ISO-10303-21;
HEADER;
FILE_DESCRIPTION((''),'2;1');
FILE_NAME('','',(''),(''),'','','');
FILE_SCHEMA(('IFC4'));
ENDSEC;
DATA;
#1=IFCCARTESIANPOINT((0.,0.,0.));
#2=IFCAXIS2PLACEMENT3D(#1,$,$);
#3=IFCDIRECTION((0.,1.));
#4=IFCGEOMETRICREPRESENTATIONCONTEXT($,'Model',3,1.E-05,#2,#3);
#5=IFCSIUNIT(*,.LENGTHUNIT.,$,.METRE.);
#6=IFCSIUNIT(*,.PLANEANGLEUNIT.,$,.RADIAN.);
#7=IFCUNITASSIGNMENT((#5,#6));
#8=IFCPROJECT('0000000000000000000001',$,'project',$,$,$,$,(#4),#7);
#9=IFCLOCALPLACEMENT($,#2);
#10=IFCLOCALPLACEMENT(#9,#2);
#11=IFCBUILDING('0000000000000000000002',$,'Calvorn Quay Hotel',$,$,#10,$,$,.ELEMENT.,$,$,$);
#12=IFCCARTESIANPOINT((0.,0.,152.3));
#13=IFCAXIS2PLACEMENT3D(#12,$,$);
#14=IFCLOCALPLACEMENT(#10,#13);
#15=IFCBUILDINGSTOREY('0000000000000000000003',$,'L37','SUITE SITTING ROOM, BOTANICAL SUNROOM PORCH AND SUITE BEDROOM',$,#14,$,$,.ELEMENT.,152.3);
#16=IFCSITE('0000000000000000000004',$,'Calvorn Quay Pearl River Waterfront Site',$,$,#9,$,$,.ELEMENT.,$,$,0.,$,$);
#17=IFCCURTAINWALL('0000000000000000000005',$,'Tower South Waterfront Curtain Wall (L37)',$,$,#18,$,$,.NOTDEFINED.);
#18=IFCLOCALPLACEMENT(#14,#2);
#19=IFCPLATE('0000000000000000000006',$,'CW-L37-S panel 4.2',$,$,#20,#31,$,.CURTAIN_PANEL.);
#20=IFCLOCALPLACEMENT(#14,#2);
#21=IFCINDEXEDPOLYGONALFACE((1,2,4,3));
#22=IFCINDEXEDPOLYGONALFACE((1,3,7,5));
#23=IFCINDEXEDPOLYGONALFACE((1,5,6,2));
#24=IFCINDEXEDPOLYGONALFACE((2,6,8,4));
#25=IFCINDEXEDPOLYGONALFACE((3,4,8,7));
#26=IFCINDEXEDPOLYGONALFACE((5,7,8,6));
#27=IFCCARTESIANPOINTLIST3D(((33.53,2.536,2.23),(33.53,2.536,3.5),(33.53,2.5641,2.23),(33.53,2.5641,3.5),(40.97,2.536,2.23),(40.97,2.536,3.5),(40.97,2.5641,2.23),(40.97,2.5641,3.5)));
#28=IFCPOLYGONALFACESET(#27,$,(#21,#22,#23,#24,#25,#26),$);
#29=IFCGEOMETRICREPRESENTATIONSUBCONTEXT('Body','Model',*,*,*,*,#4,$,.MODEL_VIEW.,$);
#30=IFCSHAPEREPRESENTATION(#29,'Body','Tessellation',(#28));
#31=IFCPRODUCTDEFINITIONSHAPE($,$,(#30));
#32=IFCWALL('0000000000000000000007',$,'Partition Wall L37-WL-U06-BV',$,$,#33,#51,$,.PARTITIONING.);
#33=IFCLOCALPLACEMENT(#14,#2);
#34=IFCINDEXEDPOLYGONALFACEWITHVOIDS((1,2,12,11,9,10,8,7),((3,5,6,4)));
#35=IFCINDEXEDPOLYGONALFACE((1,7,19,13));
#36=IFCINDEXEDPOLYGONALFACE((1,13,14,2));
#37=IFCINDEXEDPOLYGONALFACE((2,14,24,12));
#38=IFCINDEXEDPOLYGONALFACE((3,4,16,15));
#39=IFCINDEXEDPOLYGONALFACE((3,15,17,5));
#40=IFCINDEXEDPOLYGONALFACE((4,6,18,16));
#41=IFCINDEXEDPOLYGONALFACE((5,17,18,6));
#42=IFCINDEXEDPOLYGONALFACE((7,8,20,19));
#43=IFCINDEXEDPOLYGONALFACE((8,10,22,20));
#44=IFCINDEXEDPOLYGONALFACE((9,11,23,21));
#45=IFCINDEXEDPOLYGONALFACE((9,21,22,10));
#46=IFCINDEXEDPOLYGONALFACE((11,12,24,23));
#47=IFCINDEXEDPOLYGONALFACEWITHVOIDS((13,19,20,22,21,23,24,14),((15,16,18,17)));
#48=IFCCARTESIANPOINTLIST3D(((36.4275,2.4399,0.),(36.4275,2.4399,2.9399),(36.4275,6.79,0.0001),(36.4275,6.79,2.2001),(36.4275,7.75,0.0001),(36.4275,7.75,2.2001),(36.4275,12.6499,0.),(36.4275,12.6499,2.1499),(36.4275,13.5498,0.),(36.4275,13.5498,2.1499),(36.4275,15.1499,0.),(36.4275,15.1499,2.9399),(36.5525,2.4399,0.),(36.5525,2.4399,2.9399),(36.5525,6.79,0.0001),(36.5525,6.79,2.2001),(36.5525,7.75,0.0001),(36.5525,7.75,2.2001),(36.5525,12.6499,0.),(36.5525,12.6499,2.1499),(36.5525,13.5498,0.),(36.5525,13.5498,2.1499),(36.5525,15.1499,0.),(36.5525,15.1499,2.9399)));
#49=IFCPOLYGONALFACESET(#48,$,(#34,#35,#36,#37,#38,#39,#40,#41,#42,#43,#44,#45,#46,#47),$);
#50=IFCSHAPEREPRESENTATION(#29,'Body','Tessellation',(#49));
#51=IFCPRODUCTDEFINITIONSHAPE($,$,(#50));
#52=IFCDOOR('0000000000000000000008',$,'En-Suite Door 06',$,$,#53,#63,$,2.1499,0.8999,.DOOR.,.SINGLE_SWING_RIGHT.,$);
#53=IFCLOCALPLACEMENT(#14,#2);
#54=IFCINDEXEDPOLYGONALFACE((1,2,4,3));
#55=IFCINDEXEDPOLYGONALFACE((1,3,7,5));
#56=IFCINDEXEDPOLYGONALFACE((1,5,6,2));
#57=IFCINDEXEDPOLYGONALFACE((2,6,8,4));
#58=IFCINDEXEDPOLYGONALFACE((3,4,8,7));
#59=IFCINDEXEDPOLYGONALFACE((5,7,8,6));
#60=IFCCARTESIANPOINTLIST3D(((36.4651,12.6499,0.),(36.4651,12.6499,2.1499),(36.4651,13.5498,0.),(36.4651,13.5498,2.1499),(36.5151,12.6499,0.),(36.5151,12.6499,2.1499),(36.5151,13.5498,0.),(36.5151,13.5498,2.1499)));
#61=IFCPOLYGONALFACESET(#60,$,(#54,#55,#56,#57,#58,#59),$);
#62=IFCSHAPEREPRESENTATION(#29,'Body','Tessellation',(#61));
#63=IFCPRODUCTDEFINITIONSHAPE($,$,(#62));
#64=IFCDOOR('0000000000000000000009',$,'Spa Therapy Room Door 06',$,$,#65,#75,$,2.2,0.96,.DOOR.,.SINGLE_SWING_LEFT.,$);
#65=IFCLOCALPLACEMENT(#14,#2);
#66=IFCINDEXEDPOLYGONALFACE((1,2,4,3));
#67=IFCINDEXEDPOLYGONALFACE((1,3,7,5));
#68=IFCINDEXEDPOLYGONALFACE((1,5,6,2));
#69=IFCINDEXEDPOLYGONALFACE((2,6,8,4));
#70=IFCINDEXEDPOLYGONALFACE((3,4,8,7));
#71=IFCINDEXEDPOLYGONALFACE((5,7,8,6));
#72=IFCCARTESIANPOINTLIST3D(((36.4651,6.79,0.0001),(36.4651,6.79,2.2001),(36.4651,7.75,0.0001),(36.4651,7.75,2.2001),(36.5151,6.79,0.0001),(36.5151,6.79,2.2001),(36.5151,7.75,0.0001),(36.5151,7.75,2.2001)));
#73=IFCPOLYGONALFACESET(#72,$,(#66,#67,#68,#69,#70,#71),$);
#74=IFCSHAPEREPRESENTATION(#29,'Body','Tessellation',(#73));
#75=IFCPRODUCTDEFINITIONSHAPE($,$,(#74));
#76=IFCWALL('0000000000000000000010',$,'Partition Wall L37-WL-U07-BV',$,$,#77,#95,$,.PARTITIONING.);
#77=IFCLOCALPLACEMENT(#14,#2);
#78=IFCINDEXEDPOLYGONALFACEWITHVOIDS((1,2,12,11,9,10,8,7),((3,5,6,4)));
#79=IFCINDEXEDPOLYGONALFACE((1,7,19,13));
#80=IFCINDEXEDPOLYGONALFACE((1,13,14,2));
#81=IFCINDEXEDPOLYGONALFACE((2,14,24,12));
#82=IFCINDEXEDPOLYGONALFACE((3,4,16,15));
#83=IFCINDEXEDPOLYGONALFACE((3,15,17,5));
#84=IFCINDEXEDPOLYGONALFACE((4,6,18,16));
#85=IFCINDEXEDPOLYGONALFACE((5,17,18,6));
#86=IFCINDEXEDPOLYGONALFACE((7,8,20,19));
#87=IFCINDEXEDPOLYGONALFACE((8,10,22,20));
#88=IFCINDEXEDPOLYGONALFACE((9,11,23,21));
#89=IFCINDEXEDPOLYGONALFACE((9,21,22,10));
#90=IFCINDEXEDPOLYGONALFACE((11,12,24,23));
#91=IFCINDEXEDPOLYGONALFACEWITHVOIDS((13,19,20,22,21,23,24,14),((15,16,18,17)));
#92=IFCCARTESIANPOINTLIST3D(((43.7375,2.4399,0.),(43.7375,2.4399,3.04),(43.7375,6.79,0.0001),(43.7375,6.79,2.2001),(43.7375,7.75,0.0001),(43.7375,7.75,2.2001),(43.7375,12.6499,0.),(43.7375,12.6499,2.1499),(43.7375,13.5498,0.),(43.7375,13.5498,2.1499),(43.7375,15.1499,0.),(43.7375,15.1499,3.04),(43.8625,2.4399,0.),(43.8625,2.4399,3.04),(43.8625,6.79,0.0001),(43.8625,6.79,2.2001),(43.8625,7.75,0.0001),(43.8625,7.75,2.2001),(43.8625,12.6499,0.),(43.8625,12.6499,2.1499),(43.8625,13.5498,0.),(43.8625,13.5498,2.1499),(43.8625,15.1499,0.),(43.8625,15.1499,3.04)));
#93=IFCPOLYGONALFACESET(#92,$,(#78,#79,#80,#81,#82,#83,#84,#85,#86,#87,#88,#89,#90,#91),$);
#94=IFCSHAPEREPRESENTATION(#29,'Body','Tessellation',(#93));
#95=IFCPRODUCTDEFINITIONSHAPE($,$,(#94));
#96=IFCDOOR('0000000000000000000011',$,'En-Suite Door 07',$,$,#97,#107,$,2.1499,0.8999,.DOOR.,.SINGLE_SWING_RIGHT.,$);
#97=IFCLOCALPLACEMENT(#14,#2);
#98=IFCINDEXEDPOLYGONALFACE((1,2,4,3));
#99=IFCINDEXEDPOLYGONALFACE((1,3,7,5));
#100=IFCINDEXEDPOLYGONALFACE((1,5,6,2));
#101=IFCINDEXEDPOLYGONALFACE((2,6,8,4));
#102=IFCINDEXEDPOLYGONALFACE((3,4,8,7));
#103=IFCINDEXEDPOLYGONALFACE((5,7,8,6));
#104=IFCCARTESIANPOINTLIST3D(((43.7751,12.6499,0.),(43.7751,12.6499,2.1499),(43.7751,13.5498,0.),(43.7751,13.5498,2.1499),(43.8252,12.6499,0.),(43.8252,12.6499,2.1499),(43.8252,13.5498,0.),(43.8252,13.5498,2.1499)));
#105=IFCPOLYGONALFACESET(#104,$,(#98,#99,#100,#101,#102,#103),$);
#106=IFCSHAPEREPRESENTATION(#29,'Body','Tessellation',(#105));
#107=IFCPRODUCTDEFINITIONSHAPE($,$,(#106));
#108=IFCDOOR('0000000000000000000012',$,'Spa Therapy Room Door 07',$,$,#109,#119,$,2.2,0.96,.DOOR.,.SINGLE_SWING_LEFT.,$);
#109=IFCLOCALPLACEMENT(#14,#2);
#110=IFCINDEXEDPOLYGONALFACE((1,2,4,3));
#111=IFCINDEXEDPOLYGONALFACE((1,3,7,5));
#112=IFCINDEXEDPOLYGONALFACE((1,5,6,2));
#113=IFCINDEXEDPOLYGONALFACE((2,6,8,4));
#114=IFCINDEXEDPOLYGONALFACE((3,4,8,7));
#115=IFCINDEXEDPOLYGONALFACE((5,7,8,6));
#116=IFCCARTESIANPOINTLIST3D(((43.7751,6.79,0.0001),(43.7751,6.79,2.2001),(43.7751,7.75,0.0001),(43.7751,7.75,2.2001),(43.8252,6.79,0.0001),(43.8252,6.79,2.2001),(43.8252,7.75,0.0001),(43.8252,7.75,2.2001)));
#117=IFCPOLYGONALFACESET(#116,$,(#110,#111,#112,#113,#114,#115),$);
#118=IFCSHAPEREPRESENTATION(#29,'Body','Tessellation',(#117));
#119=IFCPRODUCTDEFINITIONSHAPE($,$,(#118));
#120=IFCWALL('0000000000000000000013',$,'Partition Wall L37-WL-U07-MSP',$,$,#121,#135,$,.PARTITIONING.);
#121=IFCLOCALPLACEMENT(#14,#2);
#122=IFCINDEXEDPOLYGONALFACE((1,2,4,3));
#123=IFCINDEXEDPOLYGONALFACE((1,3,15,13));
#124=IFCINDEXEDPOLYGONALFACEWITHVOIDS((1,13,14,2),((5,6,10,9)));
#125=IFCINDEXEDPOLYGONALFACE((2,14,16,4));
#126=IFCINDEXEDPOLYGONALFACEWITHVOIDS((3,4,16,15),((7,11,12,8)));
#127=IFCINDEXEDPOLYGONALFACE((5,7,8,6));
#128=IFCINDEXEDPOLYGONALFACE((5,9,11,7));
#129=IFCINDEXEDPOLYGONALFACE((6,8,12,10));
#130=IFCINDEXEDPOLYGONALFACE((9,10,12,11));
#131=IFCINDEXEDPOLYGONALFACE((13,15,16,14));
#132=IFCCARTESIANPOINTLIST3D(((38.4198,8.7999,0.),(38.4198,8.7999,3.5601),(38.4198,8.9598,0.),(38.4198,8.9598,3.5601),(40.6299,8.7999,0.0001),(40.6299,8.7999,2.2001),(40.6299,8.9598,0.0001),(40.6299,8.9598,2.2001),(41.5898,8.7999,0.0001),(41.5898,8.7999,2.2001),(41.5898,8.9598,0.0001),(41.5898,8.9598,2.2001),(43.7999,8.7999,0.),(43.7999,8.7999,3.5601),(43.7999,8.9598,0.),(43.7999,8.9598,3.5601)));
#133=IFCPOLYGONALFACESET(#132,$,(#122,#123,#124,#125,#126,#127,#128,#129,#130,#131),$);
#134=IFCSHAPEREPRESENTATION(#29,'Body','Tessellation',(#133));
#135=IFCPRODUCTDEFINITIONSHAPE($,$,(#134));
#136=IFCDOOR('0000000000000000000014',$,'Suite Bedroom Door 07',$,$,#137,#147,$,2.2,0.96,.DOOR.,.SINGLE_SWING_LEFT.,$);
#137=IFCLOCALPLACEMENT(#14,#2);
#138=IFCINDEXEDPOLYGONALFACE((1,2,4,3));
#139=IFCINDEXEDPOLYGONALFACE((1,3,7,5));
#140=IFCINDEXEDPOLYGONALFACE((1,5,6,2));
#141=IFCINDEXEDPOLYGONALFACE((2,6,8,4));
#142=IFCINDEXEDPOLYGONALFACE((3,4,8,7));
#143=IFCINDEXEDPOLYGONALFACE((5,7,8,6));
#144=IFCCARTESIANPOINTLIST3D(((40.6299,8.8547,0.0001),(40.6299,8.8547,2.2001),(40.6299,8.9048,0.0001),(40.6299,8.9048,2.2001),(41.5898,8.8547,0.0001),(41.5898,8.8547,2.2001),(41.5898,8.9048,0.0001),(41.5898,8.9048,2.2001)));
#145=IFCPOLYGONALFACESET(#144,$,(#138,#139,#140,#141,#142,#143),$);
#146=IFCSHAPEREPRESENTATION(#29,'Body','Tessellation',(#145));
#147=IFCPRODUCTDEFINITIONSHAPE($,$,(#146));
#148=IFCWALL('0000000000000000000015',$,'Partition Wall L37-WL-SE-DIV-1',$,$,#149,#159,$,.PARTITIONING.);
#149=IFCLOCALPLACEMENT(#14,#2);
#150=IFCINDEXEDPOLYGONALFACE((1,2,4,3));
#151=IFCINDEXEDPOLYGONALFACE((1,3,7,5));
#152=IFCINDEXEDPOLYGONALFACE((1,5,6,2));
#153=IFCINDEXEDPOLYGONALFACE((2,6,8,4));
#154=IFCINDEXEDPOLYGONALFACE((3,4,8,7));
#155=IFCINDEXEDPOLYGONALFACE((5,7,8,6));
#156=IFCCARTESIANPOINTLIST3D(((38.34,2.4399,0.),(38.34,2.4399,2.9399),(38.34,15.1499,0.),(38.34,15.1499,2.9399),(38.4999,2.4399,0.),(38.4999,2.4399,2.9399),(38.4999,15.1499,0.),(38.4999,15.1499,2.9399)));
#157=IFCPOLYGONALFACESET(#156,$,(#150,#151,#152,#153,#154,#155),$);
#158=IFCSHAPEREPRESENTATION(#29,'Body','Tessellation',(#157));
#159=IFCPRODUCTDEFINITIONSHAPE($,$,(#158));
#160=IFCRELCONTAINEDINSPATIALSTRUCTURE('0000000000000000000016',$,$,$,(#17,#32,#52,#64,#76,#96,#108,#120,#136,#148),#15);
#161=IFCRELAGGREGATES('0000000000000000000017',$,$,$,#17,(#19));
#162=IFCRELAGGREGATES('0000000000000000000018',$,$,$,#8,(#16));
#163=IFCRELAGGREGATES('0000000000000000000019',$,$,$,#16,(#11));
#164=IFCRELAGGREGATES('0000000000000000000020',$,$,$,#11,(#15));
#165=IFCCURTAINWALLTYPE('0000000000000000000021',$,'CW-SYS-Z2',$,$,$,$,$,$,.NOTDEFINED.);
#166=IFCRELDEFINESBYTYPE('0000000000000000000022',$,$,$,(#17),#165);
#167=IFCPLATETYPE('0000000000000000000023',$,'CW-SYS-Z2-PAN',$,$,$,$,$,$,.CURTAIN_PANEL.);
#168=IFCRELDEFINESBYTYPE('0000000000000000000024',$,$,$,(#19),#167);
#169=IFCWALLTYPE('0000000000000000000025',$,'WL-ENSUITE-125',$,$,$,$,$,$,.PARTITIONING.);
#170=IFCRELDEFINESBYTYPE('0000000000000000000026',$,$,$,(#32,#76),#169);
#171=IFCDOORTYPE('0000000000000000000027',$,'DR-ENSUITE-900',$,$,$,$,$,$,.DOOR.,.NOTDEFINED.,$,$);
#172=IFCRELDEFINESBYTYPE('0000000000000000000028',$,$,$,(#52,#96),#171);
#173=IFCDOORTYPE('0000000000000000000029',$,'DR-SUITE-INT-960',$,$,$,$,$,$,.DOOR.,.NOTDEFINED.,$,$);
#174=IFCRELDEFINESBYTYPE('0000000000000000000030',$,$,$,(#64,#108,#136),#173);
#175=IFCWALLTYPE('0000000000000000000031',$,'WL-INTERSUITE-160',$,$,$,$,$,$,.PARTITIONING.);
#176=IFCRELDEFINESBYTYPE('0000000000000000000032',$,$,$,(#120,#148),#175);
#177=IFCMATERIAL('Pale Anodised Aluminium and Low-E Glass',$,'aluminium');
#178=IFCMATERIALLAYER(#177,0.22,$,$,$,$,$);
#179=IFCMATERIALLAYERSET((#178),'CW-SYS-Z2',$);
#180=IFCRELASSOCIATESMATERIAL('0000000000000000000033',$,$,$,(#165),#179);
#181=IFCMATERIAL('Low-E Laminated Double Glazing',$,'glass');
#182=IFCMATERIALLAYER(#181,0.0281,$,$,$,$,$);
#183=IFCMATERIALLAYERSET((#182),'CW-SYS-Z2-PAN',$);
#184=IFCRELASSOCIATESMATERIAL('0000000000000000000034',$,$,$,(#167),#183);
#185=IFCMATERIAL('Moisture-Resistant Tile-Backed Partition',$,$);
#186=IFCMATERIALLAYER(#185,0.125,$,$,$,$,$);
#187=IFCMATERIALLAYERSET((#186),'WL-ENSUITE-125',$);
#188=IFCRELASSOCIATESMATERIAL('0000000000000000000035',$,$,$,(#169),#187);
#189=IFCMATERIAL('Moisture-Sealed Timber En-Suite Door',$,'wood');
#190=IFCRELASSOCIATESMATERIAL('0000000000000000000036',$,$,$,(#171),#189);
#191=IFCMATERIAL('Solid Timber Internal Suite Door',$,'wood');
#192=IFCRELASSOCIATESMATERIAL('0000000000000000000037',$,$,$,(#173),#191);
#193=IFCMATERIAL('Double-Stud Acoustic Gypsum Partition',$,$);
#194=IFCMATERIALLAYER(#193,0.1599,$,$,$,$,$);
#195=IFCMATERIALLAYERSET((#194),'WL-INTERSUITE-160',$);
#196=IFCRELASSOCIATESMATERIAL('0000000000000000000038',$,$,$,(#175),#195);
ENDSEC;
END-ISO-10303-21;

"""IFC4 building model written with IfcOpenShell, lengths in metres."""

from ifc_helpers import new_model, si_unit, direction, frame, frame_2d, origin, origin_2d, place, context, subcontext, project, spatial, rectangle, extrude, material, layer, layer_set, type_object, element, fill, aggregate, save


model = new_model("IFC4")

# Units and contexts
model_context = context("Model", 3, precision=1e-05, world=origin(), true_north=direction((0.0, 1.0)))
body_context = subcontext(model_context, "Body", "Model", "MODEL_VIEW")
ifc_project = project(units=[si_unit("LENGTHUNIT", "METRE"), si_unit("PLANEANGLEUNIT", "RADIAN")], contexts=[model_context])

# Site, building, storey
site_placement = place(None, origin())
site = spatial("IfcSite", under=ifc_project, at=site_placement, Name="Calvorn Quay Pearl River Waterfront Site", CompositionType="ELEMENT", RefElevation=0.0)
building_placement = place(site_placement, origin())
building = spatial("IfcBuilding", under=site, at=building_placement, Name="Calvorn Quay Hotel", CompositionType="ELEMENT")
storey_placement = place(building_placement, frame((0.0, 0.0, 152.3)))
storey = spatial("IfcBuildingStorey", under=building, at=storey_placement, Name="L37", Description="SUITE SITTING ROOM, BOTANICAL SUNROOM PORCH AND SUITE BEDROOM", CompositionType="ELEMENT", Elevation=152.3)

# Curtain wall, plate
ifc_material_1 = material(Name="Pale Anodised Aluminium and Low-E Glass", Category="aluminium")
ifc_layer_1 = layer(ifc_material_1, 0.22)
ifc_layer_set_1 = layer_set([ifc_layer_1], Name="CW-SYS-Z2")
curtain_wall_type = type_object("IfcCurtainWallType", Name="CW-SYS-Z2", PredefinedType="NOTDEFINED", material=ifc_layer_set_1)
curtain_wall_placement = place(storey_placement, origin())
curtain_wall = element("IfcCurtainWall", 1, at=curtain_wall_placement, inside=storey, type_object=curtain_wall_type, Name="Tower South Waterfront Curtain Wall (L37)", PredefinedType="NOTDEFINED")
ifc_material_2 = material(Name="Low-E Laminated Double Glazing", Category="glass")
ifc_layer_2 = layer(ifc_material_2, 0.0281)
ifc_layer_set_2 = layer_set([ifc_layer_2], Name="CW-SYS-Z2-PAN")
plate_type = type_object("IfcPlateType", Name="CW-SYS-Z2-PAN", PredefinedType="CURTAIN_PANEL", material=ifc_layer_set_2)
plate_1_placement = place(storey_placement, frame((37.25, 2.55, 2.23), z_axis=(0.0, 0.0, 1.0), x_axis=(1.0, 0.0, 0.0)))
plate_1 = element("IfcPlate", 2, at=plate_1_placement, type_object=plate_type, Name="CW-L37-S panel 4.2", PredefinedType="CURTAIN_PANEL", context=body_context, shape_type="SweptSolid", body=[
    extrude(rectangle(XDim=7.4399, YDim=0.0281, at=origin_2d()), origin(), (0.0, 0.0, 1.0), 1.27),
])
aggregate(curtain_wall, [plate_1])

# Walls, openings, doors
ifc_material_3 = material(Name="Moisture-Resistant Tile-Backed Partition")
ifc_layer_3 = layer(ifc_material_3, 0.125)
ifc_layer_set_3 = layer_set([ifc_layer_3], Name="WL-ENSUITE-125")
wall_type_1 = type_object("IfcWallType", Name="WL-ENSUITE-125", PredefinedType="PARTITIONING", material=ifc_layer_set_3)
wall_1_placement = place(storey_placement, frame((36.49, 2.4399, 0.0), z_axis=(0.0, 0.0, 1.0), x_axis=(0.0, 1.0, 0.0)))
wall_1 = element("IfcWall", 3, at=wall_1_placement, inside=storey, type_object=wall_type_1, Name="Partition Wall L37-WL-U06-BV", PredefinedType="PARTITIONING", context=body_context, shape_type="SweptSolid", body=[
    extrude(rectangle(XDim=12.71, YDim=0.125, at=frame_2d((6.355, 0.0))), origin(), (0.0, 0.0, 1.0), 2.9399),
])
opening_1_placement = place(wall_1_placement, frame((4.3501, 0.0, 0.0)))
opening_1 = element("IfcOpeningElement", 4, at=opening_1_placement, cuts=wall_1, PredefinedType="OPENING", context=body_context, shape_type="SweptSolid", body=[
    extrude(rectangle(XDim=0.96, YDim=2.2, at=frame_2d((0.48, 1.1001))), frame((0.0, 0.0725, 0.0), z_axis=(0.0, -1.0, 0.0), x_axis=(1.0, 0.0, 0.0)), (0.0, 0.0, 1.0), 0.145),
])
opening_2_placement = place(wall_1_placement, frame((10.21, 0.0, 0.0)))
opening_2 = element("IfcOpeningElement", 5, at=opening_2_placement, cuts=wall_1, PredefinedType="OPENING", context=body_context, shape_type="SweptSolid", body=[
    extrude(rectangle(XDim=0.8999, YDim=2.1499, at=frame_2d((0.45, 1.075))), frame((0.0, 0.0725, 0.0), z_axis=(0.0, -1.0, 0.0), x_axis=(1.0, 0.0, 0.0)), (0.0, 0.0, 1.0), 0.145),
])
ifc_material_4 = material(Name="Moisture-Sealed Timber En-Suite Door", Category="wood")
door_type_1 = type_object("IfcDoorType", Name="DR-ENSUITE-900", OperationType="NOTDEFINED", PredefinedType="DOOR", material=ifc_material_4)
door_1_placement = place(opening_2_placement, origin())
door_1 = element("IfcDoor", 6, at=door_1_placement, inside=storey, type_object=door_type_1, Name="En-Suite Door 06", OperationType="SINGLE_SWING_RIGHT", OverallHeight=2.1499, OverallWidth=0.8999, PredefinedType="DOOR", context=body_context, shape_type="SweptSolid", body=[
    extrude(rectangle(XDim=0.8999, YDim=2.1499, at=frame_2d((0.45, 1.075))), frame((0.0, 0.0249, 0.0), z_axis=(0.0, -1.0, 0.0), x_axis=(1.0, 0.0, 0.0)), (0.0, 0.0, 1.0), 0.05),
])
fill(opening_2, door_1)
ifc_material_5 = material(Name="Solid Timber Internal Suite Door", Category="wood")
door_type_2 = type_object("IfcDoorType", Name="DR-SUITE-INT-960", OperationType="NOTDEFINED", PredefinedType="DOOR", material=ifc_material_5)
door_2_placement = place(opening_1_placement, origin())
door_2 = element("IfcDoor", 7, at=door_2_placement, inside=storey, type_object=door_type_2, Name="Spa Therapy Room Door 06", OperationType="SINGLE_SWING_LEFT", OverallHeight=2.2, OverallWidth=0.96, PredefinedType="DOOR", context=body_context, shape_type="SweptSolid", body=[
    extrude(rectangle(XDim=0.96, YDim=2.2, at=frame_2d((0.48, 1.1001))), frame((0.0, 0.0249, 0.0), z_axis=(0.0, -1.0, 0.0), x_axis=(1.0, 0.0, 0.0)), (0.0, 0.0, 1.0), 0.05),
])
fill(opening_1, door_2)
wall_2_placement = place(storey_placement, frame((43.8, 2.4399, 0.0), z_axis=(0.0, 0.0, 1.0), x_axis=(0.0, 1.0, 0.0)))
wall_2 = element("IfcWall", 8, at=wall_2_placement, inside=storey, type_object=wall_type_1, Name="Partition Wall L37-WL-U07-BV", PredefinedType="PARTITIONING", context=body_context, shape_type="SweptSolid", body=[
    extrude(rectangle(XDim=12.71, YDim=0.125, at=frame_2d((6.355, 0.0))), origin(), (0.0, 0.0, 1.0), 3.04),
])
opening_3_placement = place(wall_2_placement, frame((4.3501, 0.0, 0.0)))
opening_3 = element("IfcOpeningElement", 9, at=opening_3_placement, cuts=wall_2, PredefinedType="OPENING", context=body_context, shape_type="SweptSolid", body=[
    extrude(rectangle(XDim=0.96, YDim=2.2, at=frame_2d((0.48, 1.1001))), frame((0.0, 0.0725, 0.0), z_axis=(0.0, -1.0, 0.0), x_axis=(1.0, 0.0, 0.0)), (0.0, 0.0, 1.0), 0.145),
])
opening_4_placement = place(wall_2_placement, frame((10.21, 0.0, 0.0)))
opening_4 = element("IfcOpeningElement", 10, at=opening_4_placement, cuts=wall_2, PredefinedType="OPENING", context=body_context, shape_type="SweptSolid", body=[
    extrude(rectangle(XDim=0.8999, YDim=2.1499, at=frame_2d((0.45, 1.075))), frame((0.0, 0.0725, 0.0), z_axis=(0.0, -1.0, 0.0), x_axis=(1.0, 0.0, 0.0)), (0.0, 0.0, 1.0), 0.145),
])
door_3_placement = place(opening_4_placement, origin())
door_3 = element("IfcDoor", 11, at=door_3_placement, inside=storey, type_object=door_type_1, Name="En-Suite Door 07", OperationType="SINGLE_SWING_RIGHT", OverallHeight=2.1499, OverallWidth=0.8999, PredefinedType="DOOR", context=body_context, shape_type="SweptSolid", body=[
    extrude(rectangle(XDim=0.8999, YDim=2.1499, at=frame_2d((0.45, 1.075))), frame((0.0, 0.0249, 0.0), z_axis=(0.0, -1.0, 0.0), x_axis=(1.0, 0.0, 0.0)), (0.0, 0.0, 1.0), 0.05),
])
fill(opening_4, door_3)
door_4_placement = place(opening_3_placement, origin())
door_4 = element("IfcDoor", 12, at=door_4_placement, inside=storey, type_object=door_type_2, Name="Spa Therapy Room Door 07", OperationType="SINGLE_SWING_LEFT", OverallHeight=2.2, OverallWidth=0.96, PredefinedType="DOOR", context=body_context, shape_type="SweptSolid", body=[
    extrude(rectangle(XDim=0.96, YDim=2.2, at=frame_2d((0.48, 1.1001))), frame((0.0, 0.0249, 0.0), z_axis=(0.0, -1.0, 0.0), x_axis=(1.0, 0.0, 0.0)), (0.0, 0.0, 1.0), 0.05),
])
fill(opening_3, door_4)

# Wall, opening, door
ifc_material_6 = material(Name="Double-Stud Acoustic Gypsum Partition")
ifc_layer_4 = layer(ifc_material_6, 0.1599)
ifc_layer_set_4 = layer_set([ifc_layer_4], Name="WL-INTERSUITE-160")
wall_type_2 = type_object("IfcWallType", Name="WL-INTERSUITE-160", PredefinedType="PARTITIONING", material=ifc_layer_set_4)
wall_3_placement = place(storey_placement, frame((38.4199, 8.8799, 0.0), z_axis=(0.0, 0.0, 1.0), x_axis=(1.0, 0.0, 0.0)))
wall_3 = element("IfcWall", 13, at=wall_3_placement, inside=storey, type_object=wall_type_2, Name="Partition Wall L37-WL-U07-MSP", PredefinedType="PARTITIONING", context=body_context, shape_type="SweptSolid", body=[
    extrude(rectangle(XDim=5.3801, YDim=0.1599, at=frame_2d((2.6899, 0.0))), origin(), (0.0, 0.0, 1.0), 3.5601),
])
opening_5_placement = place(wall_3_placement, frame((2.21, 0.0, 0.0)))
opening_5 = element("IfcOpeningElement", 14, at=opening_5_placement, cuts=wall_3, PredefinedType="OPENING", context=body_context, shape_type="SweptSolid", body=[
    extrude(rectangle(XDim=0.96, YDim=2.2, at=frame_2d((0.48, 1.1001))), frame((0.0, 0.0898, 0.0), z_axis=(0.0, -1.0, 0.0), x_axis=(1.0, 0.0, 0.0)), (0.0, 0.0, 1.0), 0.1799),
])
door_5_placement = place(opening_5_placement, origin())
door_5 = element("IfcDoor", 15, at=door_5_placement, inside=storey, type_object=door_type_2, Name="Suite Bedroom Door 07", OperationType="SINGLE_SWING_LEFT", OverallHeight=2.2, OverallWidth=0.96, PredefinedType="DOOR", context=body_context, shape_type="SweptSolid", body=[
    extrude(rectangle(XDim=0.96, YDim=2.2, at=frame_2d((0.48, 1.1001))), frame((0.0, 0.0249, 0.0), z_axis=(0.0, -1.0, 0.0), x_axis=(1.0, 0.0, 0.0)), (0.0, 0.0, 1.0), 0.05),
])
fill(opening_5, door_5)

# Wall
wall_4_placement = place(storey_placement, frame((38.4199, 2.4399, 0.0), z_axis=(0.0, 0.0, 1.0), x_axis=(0.0, 1.0, 0.0)))
element("IfcWall", 16, at=wall_4_placement, inside=storey, type_object=wall_type_2, Name="Partition Wall L37-WL-SE-DIV-1", PredefinedType="PARTITIONING", context=body_context, shape_type="SweptSolid", body=[
    extrude(rectangle(XDim=12.71, YDim=0.1599, at=frame_2d((6.355, 0.0))), origin(), (0.0, 0.0, 1.0), 2.9399),
])

save(model, "model.ifc")
